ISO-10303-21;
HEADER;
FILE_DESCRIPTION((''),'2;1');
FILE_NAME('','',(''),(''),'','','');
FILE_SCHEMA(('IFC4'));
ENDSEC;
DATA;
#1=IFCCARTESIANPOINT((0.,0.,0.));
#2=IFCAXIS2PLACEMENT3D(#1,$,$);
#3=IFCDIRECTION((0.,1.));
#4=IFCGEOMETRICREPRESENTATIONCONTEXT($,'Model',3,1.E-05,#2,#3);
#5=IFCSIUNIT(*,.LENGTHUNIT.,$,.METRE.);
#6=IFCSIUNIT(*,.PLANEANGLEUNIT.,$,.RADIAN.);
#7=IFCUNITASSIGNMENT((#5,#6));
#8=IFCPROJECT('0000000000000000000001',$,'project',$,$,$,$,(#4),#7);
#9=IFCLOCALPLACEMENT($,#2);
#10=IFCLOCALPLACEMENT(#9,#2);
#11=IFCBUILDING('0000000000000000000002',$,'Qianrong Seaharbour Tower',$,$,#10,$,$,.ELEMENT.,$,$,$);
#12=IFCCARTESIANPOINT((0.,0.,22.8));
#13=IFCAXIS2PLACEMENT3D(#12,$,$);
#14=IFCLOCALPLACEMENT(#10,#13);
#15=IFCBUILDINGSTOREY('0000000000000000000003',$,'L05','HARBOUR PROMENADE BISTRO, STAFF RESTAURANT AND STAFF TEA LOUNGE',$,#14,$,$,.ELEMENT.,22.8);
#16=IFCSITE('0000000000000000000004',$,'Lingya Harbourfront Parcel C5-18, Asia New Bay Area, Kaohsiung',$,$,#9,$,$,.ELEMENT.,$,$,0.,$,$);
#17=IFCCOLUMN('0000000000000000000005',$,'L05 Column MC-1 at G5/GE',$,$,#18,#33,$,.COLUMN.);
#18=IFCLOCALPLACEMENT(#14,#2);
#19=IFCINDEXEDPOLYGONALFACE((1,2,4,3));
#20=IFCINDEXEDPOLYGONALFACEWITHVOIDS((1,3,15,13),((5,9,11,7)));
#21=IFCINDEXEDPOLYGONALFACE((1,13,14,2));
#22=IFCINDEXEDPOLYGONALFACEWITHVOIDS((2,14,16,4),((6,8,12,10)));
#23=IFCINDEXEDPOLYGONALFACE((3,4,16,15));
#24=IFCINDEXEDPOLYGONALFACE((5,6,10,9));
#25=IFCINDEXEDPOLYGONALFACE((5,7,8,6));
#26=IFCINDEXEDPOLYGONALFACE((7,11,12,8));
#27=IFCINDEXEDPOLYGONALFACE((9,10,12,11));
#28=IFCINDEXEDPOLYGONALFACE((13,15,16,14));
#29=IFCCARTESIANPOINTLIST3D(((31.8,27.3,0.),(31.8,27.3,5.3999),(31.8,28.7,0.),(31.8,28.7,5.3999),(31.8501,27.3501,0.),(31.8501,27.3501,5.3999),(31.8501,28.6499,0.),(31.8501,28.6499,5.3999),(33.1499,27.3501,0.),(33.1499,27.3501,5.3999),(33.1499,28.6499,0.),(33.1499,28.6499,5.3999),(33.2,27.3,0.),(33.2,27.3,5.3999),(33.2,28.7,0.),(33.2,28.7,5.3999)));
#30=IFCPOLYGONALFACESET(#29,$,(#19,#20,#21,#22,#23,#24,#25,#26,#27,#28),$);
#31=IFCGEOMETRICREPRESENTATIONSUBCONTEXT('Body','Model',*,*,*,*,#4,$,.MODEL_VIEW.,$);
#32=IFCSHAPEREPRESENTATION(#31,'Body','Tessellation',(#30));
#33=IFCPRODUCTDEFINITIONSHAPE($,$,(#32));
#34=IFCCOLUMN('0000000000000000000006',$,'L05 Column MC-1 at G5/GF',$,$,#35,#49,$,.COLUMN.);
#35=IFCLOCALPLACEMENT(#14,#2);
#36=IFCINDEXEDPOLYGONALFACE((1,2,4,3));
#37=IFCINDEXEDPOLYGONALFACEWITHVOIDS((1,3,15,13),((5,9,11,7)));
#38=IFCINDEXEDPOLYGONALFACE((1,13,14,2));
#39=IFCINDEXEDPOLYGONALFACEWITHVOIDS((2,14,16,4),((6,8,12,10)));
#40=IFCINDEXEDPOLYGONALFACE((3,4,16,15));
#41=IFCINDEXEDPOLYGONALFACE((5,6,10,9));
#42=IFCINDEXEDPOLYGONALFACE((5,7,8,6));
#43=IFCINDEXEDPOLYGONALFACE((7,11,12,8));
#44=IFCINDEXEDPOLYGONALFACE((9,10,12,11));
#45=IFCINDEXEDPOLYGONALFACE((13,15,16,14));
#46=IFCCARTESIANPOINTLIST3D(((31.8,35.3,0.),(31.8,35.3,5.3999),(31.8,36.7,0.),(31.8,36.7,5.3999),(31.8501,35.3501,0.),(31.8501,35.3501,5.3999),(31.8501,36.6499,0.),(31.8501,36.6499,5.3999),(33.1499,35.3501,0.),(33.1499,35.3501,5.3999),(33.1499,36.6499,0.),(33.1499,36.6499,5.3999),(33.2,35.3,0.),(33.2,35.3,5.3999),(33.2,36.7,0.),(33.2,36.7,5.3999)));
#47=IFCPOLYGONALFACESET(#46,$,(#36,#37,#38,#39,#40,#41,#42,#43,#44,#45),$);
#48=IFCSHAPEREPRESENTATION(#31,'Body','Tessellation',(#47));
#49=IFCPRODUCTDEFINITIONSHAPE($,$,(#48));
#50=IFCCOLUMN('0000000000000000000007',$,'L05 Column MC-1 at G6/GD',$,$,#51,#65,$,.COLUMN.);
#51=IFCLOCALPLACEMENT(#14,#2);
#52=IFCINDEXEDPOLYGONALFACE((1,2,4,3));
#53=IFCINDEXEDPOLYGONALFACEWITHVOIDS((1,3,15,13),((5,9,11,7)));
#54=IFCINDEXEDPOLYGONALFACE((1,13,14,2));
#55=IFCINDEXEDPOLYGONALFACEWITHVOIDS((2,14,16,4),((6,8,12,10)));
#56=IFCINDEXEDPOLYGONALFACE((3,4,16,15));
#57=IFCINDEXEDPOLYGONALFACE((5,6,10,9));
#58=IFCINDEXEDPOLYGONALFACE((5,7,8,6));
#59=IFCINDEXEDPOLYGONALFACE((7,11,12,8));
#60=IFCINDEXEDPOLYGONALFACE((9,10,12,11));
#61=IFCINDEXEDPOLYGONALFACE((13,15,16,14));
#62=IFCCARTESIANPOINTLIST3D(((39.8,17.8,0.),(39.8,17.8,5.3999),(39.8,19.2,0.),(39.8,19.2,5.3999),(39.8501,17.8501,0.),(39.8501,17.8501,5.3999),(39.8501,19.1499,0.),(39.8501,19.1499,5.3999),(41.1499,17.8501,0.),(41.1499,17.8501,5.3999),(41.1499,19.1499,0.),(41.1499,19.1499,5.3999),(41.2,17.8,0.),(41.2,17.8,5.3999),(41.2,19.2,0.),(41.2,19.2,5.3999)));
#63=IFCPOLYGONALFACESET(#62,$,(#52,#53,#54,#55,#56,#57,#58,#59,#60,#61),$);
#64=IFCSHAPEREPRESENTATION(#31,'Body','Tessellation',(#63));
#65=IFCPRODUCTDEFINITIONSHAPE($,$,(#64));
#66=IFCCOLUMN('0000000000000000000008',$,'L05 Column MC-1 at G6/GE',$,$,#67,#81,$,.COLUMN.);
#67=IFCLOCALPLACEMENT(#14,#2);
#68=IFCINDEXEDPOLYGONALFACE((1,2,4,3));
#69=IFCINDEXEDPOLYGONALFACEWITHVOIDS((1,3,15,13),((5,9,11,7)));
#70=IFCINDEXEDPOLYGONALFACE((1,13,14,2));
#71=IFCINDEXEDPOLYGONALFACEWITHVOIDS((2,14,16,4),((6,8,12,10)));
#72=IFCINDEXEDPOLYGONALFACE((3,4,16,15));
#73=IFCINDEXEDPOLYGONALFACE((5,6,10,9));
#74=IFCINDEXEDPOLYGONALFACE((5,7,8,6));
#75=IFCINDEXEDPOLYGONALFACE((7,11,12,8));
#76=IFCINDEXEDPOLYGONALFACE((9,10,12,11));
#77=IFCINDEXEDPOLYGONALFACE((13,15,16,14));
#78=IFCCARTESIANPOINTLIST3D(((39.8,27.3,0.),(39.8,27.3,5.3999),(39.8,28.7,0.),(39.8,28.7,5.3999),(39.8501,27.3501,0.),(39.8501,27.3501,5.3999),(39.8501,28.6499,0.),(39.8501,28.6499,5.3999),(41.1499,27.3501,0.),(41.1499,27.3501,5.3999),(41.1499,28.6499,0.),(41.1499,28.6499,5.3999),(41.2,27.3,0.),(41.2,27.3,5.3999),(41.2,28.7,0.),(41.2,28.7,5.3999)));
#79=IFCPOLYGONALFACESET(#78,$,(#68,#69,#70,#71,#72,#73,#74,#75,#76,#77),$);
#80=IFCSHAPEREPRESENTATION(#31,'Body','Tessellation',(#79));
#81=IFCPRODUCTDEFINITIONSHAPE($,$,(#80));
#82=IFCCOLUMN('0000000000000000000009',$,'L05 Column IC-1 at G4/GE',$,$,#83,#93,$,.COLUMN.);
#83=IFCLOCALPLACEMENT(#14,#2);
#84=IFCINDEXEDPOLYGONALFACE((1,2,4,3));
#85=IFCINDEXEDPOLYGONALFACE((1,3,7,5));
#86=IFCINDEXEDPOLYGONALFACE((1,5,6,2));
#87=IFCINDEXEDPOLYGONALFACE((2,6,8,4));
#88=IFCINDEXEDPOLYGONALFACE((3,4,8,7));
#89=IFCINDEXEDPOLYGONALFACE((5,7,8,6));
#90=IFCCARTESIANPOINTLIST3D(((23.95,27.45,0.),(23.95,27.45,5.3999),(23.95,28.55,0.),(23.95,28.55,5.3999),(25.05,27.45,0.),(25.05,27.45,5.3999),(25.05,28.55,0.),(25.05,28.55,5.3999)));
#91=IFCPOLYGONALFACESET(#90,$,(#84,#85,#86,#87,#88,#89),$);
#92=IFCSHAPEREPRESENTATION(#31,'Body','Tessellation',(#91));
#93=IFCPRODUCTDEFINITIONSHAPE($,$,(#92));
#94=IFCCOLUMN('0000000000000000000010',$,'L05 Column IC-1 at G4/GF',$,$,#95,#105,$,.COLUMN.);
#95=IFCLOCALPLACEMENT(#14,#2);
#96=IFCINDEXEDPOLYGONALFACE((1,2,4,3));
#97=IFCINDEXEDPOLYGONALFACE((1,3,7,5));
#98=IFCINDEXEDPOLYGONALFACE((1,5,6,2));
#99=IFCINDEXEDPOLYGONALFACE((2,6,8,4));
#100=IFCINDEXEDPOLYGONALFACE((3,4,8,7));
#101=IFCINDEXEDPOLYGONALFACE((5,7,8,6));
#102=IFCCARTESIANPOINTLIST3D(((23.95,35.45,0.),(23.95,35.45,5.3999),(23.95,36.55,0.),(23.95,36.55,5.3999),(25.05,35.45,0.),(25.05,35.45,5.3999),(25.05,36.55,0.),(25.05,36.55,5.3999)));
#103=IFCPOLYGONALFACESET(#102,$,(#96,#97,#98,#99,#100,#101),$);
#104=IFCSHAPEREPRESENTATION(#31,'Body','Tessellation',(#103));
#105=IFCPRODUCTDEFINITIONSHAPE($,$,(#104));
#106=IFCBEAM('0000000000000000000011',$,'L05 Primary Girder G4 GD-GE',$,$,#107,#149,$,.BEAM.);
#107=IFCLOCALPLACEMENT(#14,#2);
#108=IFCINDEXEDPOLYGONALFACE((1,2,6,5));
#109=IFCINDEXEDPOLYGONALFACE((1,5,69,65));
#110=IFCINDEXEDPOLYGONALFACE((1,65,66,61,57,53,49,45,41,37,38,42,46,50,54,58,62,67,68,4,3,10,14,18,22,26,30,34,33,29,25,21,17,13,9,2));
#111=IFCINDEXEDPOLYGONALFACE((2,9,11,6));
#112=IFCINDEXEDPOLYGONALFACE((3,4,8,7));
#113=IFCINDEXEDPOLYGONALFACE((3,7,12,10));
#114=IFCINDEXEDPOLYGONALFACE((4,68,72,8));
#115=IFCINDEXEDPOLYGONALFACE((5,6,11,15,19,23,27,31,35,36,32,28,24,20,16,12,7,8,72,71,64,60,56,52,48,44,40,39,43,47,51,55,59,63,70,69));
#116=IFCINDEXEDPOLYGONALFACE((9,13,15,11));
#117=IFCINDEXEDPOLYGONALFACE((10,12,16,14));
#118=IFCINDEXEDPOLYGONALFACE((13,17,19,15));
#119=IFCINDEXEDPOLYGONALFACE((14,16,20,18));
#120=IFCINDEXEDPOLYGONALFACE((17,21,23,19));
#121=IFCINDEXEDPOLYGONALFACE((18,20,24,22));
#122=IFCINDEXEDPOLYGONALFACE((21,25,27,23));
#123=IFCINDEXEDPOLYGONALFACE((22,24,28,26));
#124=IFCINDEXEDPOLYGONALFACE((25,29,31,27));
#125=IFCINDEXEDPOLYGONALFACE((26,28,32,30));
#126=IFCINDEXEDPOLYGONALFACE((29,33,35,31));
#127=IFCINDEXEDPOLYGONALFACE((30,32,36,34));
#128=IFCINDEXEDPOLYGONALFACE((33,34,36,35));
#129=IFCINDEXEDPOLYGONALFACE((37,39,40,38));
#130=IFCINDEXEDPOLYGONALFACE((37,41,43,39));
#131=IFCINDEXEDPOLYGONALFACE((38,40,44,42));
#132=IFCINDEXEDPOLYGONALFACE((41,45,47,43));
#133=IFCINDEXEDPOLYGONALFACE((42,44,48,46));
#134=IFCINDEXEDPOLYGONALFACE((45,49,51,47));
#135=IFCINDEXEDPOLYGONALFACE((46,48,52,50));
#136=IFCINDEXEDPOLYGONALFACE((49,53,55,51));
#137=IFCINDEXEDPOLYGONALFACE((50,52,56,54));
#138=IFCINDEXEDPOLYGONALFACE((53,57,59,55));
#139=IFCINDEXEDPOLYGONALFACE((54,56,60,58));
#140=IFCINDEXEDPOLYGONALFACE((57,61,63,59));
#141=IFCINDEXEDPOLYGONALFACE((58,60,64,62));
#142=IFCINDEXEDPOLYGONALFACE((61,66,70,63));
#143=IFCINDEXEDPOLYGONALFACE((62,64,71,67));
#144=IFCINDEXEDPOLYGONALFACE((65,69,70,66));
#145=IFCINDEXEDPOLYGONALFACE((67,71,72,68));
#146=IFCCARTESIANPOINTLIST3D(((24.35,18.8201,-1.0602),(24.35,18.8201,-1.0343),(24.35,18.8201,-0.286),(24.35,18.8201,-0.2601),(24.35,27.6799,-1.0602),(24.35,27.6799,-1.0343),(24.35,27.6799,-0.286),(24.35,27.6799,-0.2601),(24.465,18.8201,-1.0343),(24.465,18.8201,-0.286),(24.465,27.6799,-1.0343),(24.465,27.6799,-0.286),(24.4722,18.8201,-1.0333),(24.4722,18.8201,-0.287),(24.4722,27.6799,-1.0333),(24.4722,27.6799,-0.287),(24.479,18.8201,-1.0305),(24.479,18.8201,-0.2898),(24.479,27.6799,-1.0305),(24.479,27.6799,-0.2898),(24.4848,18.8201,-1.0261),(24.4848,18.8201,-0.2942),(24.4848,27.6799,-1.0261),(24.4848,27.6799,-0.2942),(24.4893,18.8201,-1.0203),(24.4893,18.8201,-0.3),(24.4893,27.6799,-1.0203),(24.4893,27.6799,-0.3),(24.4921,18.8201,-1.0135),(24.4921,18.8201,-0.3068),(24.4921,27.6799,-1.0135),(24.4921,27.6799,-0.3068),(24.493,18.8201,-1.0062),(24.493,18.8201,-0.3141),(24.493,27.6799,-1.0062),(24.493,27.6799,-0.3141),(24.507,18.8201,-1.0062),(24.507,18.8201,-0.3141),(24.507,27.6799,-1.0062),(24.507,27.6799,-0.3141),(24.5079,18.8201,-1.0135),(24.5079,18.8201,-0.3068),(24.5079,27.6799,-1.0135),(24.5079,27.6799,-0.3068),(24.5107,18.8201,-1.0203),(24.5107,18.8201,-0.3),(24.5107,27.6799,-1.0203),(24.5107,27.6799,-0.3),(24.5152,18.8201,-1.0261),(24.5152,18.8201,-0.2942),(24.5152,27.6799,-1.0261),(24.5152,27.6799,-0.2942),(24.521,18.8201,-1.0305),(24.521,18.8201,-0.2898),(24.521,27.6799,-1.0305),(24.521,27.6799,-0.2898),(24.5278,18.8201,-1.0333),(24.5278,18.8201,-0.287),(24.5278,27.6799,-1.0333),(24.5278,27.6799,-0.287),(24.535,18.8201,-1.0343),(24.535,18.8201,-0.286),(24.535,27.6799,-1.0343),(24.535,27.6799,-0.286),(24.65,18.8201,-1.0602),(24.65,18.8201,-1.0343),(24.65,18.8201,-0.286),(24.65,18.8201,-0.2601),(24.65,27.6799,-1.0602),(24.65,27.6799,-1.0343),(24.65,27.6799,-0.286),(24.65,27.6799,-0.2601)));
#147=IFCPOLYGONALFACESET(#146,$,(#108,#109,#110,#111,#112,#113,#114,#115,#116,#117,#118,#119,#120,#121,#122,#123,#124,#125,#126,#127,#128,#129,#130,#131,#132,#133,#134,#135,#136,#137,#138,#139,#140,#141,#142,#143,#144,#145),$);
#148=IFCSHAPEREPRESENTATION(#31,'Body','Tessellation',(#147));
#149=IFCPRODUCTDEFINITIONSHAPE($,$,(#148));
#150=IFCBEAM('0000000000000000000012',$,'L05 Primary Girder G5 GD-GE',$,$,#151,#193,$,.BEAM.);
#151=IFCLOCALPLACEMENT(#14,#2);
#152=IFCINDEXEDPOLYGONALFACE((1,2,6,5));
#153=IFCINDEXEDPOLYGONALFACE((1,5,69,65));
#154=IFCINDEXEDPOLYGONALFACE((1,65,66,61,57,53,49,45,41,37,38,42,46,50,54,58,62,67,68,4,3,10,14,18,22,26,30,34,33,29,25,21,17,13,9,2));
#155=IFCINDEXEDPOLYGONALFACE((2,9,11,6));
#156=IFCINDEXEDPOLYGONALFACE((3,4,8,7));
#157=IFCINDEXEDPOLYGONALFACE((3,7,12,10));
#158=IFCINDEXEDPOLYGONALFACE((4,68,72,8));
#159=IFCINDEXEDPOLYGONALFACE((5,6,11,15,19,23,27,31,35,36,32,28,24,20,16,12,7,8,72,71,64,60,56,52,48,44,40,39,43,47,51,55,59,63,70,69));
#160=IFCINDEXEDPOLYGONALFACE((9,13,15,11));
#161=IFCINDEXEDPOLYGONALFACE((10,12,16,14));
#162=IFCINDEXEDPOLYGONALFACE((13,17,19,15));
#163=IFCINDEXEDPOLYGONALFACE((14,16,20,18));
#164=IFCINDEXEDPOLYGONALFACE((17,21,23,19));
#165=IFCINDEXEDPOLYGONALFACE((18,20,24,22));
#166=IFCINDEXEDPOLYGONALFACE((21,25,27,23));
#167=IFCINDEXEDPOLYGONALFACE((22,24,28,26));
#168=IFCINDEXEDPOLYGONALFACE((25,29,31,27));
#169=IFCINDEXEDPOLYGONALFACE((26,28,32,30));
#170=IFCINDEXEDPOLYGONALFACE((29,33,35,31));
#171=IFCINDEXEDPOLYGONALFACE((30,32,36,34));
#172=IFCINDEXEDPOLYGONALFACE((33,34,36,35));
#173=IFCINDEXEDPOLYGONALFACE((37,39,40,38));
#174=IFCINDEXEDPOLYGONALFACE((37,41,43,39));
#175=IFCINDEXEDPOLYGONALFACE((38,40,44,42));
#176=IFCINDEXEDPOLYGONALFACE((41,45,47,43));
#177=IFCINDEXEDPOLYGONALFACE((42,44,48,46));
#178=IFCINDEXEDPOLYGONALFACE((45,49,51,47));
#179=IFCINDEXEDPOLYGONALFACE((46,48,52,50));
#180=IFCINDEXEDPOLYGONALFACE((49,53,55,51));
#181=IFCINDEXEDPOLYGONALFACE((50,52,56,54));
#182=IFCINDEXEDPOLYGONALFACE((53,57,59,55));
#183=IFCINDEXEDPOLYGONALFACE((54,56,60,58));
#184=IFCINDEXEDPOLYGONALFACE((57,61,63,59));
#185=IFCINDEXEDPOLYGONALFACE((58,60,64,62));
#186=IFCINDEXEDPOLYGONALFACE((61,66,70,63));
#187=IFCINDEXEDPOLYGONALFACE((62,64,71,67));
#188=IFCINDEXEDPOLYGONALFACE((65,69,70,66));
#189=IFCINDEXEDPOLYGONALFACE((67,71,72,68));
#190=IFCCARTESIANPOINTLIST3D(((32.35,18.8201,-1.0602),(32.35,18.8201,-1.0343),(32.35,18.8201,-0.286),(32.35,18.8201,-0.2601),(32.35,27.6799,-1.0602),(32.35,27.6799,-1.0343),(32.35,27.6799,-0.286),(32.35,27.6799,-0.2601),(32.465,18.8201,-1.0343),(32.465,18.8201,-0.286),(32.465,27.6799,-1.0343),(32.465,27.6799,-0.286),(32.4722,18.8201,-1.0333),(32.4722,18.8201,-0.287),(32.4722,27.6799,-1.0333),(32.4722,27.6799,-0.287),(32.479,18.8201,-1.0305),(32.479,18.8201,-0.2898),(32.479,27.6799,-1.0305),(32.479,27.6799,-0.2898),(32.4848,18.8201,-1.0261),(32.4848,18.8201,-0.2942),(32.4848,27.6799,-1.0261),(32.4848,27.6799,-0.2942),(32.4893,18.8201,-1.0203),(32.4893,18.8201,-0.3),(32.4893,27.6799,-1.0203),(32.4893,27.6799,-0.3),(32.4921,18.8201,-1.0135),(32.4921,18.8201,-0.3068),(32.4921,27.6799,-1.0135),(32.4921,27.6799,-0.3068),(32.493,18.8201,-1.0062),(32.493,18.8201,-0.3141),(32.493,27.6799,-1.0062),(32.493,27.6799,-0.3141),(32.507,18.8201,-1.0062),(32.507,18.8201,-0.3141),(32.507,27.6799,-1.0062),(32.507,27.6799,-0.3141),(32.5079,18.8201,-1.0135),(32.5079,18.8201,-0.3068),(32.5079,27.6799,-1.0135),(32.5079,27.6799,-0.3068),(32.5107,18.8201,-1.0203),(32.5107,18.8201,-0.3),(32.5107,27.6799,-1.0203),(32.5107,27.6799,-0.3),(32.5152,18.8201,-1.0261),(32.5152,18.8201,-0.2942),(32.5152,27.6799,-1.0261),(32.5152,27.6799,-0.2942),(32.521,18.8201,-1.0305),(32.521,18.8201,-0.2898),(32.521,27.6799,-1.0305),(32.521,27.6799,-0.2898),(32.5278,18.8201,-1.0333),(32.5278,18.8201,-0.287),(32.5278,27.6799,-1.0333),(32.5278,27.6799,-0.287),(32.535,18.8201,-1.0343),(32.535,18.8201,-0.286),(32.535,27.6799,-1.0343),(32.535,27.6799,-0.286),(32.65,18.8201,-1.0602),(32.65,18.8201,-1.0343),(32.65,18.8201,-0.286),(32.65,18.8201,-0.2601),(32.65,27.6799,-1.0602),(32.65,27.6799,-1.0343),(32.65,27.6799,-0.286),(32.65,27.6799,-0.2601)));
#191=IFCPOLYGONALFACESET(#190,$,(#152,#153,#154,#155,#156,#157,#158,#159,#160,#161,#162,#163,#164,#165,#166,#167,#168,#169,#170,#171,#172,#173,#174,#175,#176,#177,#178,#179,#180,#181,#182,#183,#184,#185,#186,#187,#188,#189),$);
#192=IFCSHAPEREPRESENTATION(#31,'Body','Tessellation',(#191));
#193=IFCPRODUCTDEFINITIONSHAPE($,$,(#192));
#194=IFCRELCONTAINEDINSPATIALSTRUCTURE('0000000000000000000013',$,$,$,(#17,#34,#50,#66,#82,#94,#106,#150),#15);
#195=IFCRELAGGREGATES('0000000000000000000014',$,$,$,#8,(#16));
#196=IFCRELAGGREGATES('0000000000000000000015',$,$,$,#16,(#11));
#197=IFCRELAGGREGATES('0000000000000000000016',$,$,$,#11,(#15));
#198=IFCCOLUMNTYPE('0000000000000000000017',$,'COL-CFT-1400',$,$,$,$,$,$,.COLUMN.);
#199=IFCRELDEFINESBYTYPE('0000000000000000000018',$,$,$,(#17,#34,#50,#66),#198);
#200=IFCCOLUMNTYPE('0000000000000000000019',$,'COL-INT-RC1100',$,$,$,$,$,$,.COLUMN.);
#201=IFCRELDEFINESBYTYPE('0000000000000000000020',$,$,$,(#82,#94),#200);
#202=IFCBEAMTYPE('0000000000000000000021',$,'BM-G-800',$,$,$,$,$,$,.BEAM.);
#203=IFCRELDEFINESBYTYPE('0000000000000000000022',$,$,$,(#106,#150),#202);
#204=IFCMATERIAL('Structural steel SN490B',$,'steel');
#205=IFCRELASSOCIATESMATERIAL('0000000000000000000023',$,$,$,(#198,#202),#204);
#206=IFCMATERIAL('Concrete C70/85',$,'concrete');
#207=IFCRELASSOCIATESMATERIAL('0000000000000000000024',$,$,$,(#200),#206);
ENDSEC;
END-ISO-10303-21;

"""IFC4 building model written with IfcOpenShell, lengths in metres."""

from ifc_helpers import new_model, si_unit, direction, frame, origin, origin_2d, place, context, subcontext, project, spatial, rectangle, hollow_rectangle, i_section, extrude, material, material_profile, profile_set, type_object, element, save


model = new_model("IFC4")

# Units and contexts
model_context = context("Model", 3, precision=1e-05, world=origin(), true_north=direction((0.0, 1.0)))
body_context = subcontext(model_context, "Body", "Model", "MODEL_VIEW")
ifc_project = project(units=[si_unit("LENGTHUNIT", "METRE"), si_unit("PLANEANGLEUNIT", "RADIAN")], contexts=[model_context])

# Site, building, storey
site_placement = place(None, origin())
site = spatial("IfcSite", under=ifc_project, at=site_placement, Name="Lingya Harbourfront Parcel C5-18, Asia New Bay Area, Kaohsiung", CompositionType="ELEMENT", RefElevation=0.0)
building_placement = place(site_placement, origin())
building = spatial("IfcBuilding", under=site, at=building_placement, Name="Qianrong Seaharbour Tower", CompositionType="ELEMENT")
storey_placement = place(building_placement, frame((0.0, 0.0, 22.8)))
storey = spatial("IfcBuildingStorey", under=building, at=storey_placement, Name="L05", Description="HARBOUR PROMENADE BISTRO, STAFF RESTAURANT AND STAFF TEA LOUNGE", CompositionType="ELEMENT", Elevation=22.8)

# Columns
ifc_material_1 = material(Name="Structural steel SN490B", Category="steel")
ifc_material_profile_1 = material_profile(ifc_material_1, hollow_rectangle(XDim=1.3999, YDim=1.3999, WallThickness=0.05, at=origin_2d()), Name="BOX1400x1400x50")
ifc_profile_set_1 = profile_set([ifc_material_profile_1], Name="Structural steel SN490B")
column_type_1 = type_object("IfcColumnType", Name="COL-CFT-1400", PredefinedType="COLUMN", material=ifc_profile_set_1)
for number, where, z_axis, x_axis, name in (
    (1, (32.5, 28.0, 0.0), (0.0, 0.0, 1.0), (1.0, 0.0, 0.0), "L05 Column MC-1 at G5/GE"),
    (2, (32.5, 36.0, 0.0), (0.0, 0.0, 1.0), (1.0, 0.0, 0.0), "L05 Column MC-1 at G5/GF"),
    (3, (40.5, 18.5, 0.0), (0.0, 0.0, 1.0), (1.0, 0.0, 0.0), "L05 Column MC-1 at G6/GD"),
    (4, (40.5, 28.0, 0.0), (0.0, 0.0, 1.0), (1.0, 0.0, 0.0), "L05 Column MC-1 at G6/GE"),
):
    element("IfcColumn", number, at=place(storey_placement, frame(where, z_axis=z_axis, x_axis=x_axis)), inside=storey, type_object=column_type_1, Name=name, PredefinedType="COLUMN", context=body_context, shape_type="SweptSolid", body=[
        extrude(hollow_rectangle(XDim=1.3999, YDim=1.3999, WallThickness=0.05, at=origin_2d()), origin(), (0.0, 0.0, 1.0), 5.3999),
    ])
ifc_material_2 = material(Name="Concrete C70/85", Category="concrete")
ifc_material_profile_2 = material_profile(ifc_material_2, rectangle(XDim=1.1001, YDim=1.1001, at=origin_2d()), Name="RC1100x1100")
ifc_profile_set_2 = profile_set([ifc_material_profile_2], Name="Concrete C70/85")
column_type_2 = type_object("IfcColumnType", Name="COL-INT-RC1100", PredefinedType="COLUMN", material=ifc_profile_set_2)
for number, where, z_axis, x_axis, name in (
    (5, (24.5, 28.0, 0.0), (0.0, 0.0, 1.0), (1.0, 0.0, 0.0), "L05 Column IC-1 at G4/GE"),
    (6, (24.5, 36.0, 0.0), (0.0, 0.0, 1.0), (1.0, 0.0, 0.0), "L05 Column IC-1 at G4/GF"),
):
    element("IfcColumn", number, at=place(storey_placement, frame(where, z_axis=z_axis, x_axis=x_axis)), inside=storey, type_object=column_type_2, Name=name, PredefinedType="COLUMN", context=body_context, shape_type="SweptSolid", body=[
        extrude(rectangle(XDim=1.1001, YDim=1.1001, at=origin_2d()), origin(), (0.0, 0.0, 1.0), 5.3999),
    ])

# Beams
ifc_material_profile_3 = material_profile(ifc_material_1, i_section(OverallWidth=0.3, OverallDepth=0.8, WebThickness=0.0139, FlangeThickness=0.0259, FilletRadius=0.0281, at=origin_2d()), Name="H800x300x14x26")
ifc_profile_set_3 = profile_set([ifc_material_profile_3], Name="Structural steel SN490B")
beam_type_1 = type_object("IfcBeamType", Name="BM-G-800", PredefinedType="BEAM", material=ifc_profile_set_3)
for number, where, z_axis, x_axis, name in (
    (7, (24.5, 18.8201, -0.6602), (0.0, 1.0, 0.0), (-1.0, 0.0, 0.0), "L05 Primary Girder G4 GD-GE"),
    (8, (32.5, 18.8201, -0.6602), (0.0, 1.0, 0.0), (-1.0, 0.0, 0.0), "L05 Primary Girder G5 GD-GE"),
):
    element("IfcBeam", number, at=place(storey_placement, frame(where, z_axis=z_axis, x_axis=x_axis)), inside=storey, type_object=beam_type_1, Name=name, PredefinedType="BEAM", context=body_context, shape_type="SweptSolid", body=[
        extrude(i_section(OverallWidth=0.3, OverallDepth=0.8, WebThickness=0.0139, FlangeThickness=0.0259, FilletRadius=0.0281, at=origin_2d()), origin(), (0.0, 0.0, 1.0), 8.8599),
    ])

save(model, "model.ifc")
